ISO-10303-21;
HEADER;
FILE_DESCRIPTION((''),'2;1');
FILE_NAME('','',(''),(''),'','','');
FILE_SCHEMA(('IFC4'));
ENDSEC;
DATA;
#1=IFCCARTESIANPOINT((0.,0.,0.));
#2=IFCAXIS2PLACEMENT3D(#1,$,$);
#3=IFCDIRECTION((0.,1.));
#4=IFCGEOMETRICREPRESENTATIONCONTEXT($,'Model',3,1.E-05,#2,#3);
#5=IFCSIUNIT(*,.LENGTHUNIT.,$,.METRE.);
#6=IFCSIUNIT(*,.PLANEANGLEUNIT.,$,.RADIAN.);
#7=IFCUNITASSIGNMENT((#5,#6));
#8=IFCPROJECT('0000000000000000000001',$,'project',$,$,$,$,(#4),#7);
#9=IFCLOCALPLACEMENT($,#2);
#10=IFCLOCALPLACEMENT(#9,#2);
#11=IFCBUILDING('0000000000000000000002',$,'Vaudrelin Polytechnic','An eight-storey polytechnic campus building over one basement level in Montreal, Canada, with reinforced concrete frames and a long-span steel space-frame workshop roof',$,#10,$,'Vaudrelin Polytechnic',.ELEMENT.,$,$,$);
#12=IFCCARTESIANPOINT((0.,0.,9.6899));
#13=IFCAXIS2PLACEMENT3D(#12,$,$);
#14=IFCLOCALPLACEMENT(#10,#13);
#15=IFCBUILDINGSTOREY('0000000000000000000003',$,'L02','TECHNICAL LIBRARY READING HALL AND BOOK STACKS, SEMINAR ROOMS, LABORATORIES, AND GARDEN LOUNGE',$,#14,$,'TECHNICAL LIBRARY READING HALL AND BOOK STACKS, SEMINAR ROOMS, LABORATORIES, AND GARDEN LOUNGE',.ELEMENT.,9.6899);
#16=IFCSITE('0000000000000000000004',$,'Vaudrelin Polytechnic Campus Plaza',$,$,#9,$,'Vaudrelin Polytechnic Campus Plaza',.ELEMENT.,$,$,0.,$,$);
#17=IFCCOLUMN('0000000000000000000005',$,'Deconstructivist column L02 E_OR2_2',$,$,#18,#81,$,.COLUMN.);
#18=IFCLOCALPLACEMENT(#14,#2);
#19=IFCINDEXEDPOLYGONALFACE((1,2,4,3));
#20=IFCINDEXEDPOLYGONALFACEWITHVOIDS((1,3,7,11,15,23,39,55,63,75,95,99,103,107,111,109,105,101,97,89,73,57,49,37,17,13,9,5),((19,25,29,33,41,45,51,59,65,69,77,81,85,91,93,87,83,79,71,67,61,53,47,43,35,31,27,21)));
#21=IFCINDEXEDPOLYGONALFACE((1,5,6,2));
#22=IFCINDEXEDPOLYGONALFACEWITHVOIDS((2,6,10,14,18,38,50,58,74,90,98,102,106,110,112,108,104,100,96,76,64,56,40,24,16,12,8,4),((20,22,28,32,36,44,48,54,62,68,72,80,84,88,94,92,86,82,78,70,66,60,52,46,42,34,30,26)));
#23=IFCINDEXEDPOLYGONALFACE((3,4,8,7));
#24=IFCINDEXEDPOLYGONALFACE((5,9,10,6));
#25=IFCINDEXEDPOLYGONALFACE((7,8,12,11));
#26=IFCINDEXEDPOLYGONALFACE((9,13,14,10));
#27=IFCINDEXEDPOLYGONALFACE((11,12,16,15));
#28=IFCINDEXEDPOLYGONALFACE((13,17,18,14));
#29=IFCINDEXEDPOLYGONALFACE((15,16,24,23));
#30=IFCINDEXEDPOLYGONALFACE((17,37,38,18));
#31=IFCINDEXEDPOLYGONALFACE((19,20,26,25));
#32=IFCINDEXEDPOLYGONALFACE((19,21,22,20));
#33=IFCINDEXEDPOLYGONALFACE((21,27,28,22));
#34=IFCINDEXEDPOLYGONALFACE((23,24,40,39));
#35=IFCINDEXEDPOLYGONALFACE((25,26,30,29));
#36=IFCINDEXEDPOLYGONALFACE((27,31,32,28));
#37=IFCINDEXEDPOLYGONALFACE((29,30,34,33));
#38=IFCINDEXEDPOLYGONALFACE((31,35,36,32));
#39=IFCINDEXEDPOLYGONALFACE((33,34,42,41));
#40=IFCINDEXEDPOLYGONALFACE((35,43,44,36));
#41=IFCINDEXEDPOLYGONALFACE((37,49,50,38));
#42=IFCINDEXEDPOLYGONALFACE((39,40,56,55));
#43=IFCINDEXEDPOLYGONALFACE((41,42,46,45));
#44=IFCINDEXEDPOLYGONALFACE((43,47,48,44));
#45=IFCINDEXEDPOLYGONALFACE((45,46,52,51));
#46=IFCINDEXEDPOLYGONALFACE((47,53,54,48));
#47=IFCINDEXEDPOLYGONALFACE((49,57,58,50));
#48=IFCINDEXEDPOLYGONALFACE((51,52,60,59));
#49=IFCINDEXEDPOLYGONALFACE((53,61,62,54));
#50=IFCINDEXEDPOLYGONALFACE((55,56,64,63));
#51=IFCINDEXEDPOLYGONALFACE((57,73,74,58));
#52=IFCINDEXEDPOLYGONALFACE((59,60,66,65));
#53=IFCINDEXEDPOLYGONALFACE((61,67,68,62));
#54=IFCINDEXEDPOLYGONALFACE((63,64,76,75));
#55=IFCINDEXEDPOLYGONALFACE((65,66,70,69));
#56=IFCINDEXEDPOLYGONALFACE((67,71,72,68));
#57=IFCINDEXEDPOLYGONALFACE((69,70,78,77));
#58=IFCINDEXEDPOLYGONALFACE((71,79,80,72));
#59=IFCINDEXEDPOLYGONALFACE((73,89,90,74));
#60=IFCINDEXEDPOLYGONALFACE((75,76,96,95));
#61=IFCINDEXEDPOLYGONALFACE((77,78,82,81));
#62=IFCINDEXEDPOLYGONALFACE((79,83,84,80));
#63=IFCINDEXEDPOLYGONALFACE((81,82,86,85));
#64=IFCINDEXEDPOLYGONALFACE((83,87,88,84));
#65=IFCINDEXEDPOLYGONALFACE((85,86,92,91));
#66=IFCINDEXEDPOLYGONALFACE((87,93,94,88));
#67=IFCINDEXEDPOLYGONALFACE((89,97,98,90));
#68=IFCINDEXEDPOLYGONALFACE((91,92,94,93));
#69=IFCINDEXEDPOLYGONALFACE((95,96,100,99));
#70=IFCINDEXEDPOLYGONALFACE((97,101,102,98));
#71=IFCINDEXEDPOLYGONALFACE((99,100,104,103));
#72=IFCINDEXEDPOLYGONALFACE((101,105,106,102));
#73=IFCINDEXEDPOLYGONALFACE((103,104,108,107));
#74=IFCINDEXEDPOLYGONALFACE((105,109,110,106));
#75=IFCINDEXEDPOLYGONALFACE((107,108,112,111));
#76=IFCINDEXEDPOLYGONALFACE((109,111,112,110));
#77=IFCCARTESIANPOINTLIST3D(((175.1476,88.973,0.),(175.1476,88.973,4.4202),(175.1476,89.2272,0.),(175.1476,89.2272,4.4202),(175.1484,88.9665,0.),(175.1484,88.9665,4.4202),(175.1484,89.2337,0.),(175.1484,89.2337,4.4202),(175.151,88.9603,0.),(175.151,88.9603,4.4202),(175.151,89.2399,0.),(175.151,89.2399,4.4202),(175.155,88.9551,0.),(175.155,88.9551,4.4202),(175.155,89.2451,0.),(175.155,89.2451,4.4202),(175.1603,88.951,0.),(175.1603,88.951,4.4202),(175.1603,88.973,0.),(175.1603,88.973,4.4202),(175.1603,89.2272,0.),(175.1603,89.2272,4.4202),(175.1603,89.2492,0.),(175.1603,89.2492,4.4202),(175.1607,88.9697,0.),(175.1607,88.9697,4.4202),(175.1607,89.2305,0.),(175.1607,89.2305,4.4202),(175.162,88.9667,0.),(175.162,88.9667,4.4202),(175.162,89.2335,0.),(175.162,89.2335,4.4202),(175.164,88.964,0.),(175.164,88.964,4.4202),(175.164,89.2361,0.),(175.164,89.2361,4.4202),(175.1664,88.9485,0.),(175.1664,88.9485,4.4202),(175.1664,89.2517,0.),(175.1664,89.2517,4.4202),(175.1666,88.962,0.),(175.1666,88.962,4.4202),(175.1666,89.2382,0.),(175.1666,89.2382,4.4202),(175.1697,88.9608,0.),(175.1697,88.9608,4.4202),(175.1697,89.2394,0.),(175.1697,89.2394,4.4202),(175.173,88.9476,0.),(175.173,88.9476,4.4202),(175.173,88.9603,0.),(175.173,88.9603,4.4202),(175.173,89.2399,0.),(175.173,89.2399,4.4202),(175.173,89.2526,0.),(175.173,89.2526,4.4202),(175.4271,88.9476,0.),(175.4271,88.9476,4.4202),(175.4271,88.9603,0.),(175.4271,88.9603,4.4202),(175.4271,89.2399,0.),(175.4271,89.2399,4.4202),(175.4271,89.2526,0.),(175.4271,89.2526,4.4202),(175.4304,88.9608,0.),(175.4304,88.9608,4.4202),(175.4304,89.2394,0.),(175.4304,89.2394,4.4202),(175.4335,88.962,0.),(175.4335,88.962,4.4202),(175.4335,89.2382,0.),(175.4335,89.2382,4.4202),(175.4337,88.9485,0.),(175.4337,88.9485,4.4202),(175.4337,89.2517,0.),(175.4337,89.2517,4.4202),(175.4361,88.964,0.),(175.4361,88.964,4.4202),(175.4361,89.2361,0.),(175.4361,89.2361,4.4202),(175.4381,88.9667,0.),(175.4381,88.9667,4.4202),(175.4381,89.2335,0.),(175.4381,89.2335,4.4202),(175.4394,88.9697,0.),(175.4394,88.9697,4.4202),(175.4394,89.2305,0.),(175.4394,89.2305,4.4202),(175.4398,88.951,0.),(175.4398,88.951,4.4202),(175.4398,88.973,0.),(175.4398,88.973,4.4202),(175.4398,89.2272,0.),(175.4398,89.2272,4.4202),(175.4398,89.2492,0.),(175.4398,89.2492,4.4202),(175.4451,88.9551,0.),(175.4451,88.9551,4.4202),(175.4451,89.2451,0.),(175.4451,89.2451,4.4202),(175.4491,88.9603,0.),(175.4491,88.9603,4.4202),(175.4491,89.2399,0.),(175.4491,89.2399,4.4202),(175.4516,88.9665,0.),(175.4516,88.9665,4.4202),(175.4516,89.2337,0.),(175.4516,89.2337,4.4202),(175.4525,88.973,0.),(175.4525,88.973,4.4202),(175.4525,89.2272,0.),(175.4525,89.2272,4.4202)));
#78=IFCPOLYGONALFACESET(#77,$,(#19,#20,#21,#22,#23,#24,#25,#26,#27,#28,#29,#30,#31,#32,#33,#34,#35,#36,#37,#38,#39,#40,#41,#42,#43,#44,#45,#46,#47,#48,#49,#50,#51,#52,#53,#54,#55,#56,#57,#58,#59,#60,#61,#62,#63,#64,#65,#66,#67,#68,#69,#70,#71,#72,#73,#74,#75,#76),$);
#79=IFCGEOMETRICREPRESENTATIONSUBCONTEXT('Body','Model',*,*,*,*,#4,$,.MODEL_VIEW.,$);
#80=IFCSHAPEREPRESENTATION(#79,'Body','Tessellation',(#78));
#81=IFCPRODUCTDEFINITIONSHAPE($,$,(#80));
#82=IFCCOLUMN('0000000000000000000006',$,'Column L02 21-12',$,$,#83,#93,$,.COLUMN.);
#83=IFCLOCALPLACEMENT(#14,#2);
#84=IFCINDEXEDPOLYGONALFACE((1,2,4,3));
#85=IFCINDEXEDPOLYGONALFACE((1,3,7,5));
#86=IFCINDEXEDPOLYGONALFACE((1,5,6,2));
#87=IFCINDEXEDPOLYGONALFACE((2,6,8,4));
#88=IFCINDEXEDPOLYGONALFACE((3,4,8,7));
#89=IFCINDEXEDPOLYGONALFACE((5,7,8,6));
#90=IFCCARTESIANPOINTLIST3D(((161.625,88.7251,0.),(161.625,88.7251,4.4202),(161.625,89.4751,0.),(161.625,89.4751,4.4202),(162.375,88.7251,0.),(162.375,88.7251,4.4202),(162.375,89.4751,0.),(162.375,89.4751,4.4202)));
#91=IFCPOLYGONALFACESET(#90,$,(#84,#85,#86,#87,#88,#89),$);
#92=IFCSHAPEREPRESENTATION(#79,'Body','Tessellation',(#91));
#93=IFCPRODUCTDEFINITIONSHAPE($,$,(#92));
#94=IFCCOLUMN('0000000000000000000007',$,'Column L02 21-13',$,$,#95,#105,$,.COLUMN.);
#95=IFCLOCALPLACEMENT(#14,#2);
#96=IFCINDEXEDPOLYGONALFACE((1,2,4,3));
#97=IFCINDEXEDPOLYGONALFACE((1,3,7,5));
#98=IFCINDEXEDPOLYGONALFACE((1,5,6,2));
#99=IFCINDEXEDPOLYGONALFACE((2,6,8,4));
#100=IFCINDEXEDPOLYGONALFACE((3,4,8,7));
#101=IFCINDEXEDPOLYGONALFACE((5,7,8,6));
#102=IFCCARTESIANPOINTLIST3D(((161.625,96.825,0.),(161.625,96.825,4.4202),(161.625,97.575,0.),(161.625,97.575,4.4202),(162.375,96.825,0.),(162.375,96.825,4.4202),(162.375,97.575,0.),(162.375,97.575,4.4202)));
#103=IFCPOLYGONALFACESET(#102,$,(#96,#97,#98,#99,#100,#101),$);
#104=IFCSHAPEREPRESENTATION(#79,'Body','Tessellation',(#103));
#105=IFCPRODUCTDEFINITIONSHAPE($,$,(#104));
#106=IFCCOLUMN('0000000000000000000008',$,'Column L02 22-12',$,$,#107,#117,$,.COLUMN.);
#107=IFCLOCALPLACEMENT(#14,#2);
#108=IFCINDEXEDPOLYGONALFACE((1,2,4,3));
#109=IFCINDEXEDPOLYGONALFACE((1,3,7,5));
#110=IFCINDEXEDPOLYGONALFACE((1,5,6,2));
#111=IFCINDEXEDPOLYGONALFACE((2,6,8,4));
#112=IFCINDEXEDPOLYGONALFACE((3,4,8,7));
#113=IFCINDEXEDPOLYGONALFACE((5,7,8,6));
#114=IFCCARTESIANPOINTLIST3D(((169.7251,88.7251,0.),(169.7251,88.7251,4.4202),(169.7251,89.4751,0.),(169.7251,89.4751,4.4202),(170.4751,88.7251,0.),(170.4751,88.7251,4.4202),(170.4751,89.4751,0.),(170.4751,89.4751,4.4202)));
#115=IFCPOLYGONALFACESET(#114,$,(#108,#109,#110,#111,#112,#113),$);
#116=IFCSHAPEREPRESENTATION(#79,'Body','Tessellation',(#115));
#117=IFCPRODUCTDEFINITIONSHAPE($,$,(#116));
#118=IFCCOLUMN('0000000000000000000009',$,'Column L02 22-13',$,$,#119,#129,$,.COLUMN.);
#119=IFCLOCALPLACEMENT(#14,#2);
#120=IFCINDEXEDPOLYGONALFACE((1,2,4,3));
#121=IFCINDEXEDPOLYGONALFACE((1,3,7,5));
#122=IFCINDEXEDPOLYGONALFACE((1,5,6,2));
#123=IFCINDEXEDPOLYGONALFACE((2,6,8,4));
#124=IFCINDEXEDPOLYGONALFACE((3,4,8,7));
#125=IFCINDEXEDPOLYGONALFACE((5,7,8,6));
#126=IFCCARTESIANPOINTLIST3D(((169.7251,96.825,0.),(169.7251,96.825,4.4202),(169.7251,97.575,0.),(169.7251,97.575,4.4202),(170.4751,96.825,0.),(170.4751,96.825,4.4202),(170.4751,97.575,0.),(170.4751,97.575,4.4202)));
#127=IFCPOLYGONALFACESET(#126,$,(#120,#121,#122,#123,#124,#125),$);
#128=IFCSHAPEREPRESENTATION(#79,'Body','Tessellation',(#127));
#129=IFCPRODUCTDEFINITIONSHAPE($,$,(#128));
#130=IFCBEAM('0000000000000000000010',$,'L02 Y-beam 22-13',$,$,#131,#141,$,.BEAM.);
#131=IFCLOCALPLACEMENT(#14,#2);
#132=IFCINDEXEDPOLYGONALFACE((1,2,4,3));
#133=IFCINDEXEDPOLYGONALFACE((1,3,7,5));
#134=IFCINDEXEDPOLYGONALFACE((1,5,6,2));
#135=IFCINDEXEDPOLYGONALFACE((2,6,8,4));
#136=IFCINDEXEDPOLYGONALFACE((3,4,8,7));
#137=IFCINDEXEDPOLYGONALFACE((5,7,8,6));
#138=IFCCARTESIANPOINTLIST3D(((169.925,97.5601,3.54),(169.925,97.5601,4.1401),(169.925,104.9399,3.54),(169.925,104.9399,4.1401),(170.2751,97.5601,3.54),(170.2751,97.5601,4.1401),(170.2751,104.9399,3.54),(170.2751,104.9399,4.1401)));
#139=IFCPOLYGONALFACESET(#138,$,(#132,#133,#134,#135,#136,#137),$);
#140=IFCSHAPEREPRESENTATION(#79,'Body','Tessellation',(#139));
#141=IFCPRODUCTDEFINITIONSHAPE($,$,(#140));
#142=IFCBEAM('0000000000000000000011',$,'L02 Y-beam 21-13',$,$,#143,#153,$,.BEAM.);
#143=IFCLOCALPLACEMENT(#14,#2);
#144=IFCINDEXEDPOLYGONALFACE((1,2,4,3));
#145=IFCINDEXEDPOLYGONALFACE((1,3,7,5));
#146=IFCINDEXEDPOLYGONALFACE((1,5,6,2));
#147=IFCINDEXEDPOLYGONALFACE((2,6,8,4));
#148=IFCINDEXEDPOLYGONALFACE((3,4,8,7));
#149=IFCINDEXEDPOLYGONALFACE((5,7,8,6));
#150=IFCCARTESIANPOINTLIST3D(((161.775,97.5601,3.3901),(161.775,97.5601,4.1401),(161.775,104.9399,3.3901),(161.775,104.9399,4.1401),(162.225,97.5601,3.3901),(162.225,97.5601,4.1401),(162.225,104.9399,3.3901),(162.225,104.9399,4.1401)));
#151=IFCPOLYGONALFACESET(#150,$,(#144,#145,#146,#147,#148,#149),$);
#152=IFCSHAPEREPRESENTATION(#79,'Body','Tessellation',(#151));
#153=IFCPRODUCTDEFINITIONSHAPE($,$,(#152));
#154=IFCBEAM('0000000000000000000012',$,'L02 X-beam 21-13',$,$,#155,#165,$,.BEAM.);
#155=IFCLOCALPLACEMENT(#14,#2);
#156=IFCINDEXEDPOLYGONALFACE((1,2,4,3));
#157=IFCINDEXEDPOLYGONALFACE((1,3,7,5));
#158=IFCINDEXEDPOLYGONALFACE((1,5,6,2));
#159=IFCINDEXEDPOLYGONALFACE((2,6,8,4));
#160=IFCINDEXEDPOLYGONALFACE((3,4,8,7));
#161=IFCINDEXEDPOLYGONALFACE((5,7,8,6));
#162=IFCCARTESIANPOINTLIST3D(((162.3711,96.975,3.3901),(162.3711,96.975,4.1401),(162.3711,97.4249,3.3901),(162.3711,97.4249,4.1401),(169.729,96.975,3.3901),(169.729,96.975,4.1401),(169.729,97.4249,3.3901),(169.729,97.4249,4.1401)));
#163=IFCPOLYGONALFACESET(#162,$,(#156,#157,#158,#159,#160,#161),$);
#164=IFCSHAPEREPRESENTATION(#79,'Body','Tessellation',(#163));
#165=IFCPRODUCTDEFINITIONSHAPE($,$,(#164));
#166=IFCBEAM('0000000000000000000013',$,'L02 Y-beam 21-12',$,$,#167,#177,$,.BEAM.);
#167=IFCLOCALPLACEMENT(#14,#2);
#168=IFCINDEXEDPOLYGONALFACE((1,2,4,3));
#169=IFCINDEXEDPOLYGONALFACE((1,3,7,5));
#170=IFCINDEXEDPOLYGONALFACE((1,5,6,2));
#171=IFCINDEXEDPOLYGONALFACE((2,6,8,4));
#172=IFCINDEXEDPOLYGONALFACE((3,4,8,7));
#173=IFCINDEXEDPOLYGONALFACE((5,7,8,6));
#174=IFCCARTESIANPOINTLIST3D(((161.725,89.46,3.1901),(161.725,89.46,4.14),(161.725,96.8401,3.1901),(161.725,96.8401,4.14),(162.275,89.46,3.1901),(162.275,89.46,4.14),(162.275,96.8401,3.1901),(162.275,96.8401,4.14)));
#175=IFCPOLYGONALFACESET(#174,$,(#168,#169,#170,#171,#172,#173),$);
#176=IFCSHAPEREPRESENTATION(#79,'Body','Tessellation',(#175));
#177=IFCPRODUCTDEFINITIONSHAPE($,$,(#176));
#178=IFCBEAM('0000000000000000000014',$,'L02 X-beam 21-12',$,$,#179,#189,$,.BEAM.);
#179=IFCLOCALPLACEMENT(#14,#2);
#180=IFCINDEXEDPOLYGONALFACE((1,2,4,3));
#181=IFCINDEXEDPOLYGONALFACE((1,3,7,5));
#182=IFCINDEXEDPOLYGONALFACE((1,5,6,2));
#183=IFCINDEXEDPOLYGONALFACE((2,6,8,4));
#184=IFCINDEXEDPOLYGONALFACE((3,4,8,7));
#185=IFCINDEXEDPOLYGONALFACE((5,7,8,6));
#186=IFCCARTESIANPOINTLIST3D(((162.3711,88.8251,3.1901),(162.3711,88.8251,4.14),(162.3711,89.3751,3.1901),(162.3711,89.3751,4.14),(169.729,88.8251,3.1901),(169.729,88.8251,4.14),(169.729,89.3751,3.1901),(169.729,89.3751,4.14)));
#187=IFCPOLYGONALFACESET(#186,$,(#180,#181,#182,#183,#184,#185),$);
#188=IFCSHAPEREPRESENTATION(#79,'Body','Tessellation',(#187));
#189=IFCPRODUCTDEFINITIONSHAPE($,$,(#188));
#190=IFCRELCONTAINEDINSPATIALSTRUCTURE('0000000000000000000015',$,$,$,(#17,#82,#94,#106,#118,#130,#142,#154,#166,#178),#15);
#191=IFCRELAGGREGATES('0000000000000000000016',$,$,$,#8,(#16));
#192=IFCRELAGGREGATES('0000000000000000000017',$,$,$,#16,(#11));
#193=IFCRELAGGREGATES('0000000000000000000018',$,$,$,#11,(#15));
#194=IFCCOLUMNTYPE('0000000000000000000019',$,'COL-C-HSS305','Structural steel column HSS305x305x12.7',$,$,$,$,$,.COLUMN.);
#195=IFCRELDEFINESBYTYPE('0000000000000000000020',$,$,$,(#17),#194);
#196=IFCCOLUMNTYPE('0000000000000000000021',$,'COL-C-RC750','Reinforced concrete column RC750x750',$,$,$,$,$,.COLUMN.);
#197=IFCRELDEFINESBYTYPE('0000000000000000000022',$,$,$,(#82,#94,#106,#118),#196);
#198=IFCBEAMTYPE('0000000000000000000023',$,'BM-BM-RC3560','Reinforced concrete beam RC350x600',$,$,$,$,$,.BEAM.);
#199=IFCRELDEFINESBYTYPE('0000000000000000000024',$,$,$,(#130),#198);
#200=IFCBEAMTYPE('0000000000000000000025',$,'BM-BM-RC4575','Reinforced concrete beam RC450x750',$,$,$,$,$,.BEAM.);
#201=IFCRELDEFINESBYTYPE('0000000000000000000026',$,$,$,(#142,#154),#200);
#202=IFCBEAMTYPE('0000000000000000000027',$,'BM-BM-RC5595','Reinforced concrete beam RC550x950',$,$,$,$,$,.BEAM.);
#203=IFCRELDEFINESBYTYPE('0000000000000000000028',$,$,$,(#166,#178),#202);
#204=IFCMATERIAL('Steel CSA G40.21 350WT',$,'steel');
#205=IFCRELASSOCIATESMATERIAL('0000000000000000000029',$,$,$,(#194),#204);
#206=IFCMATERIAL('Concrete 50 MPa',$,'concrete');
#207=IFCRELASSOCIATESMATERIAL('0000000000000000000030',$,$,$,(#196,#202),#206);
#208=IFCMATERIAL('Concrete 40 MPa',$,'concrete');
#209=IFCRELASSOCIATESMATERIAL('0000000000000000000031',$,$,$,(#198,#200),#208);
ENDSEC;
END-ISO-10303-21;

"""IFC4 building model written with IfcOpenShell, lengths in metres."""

from ifc_helpers import new_model, si_unit, direction, frame, origin, origin_2d, place, context, subcontext, project, spatial, rectangle, hollow_rectangle, extrude, material, material_profile, profile_set, type_object, element, save


model = new_model("IFC4")

# Units and contexts
model_context = context("Model", 3, precision=1e-05, world=origin(), true_north=direction((0.0, 1.0)))
body_context = subcontext(model_context, "Body", "Model", "MODEL_VIEW")
ifc_project = project(units=[si_unit("LENGTHUNIT", "METRE"), si_unit("PLANEANGLEUNIT", "RADIAN")], contexts=[model_context])

# Site, building, storey
site_placement = place(None, origin())
site = spatial("IfcSite", under=ifc_project, at=site_placement, Name="Vaudrelin Polytechnic Campus Plaza", LongName="Vaudrelin Polytechnic Campus Plaza", CompositionType="ELEMENT", RefElevation=0.0)
building_placement = place(site_placement, origin())
building = spatial("IfcBuilding", under=site, at=building_placement, Name="Vaudrelin Polytechnic", Description="An eight-storey polytechnic campus building over one basement level in Montreal, Canada, with reinforced concrete frames and a long-span steel space-frame workshop roof", LongName="Vaudrelin Polytechnic", CompositionType="ELEMENT")
storey_placement = place(building_placement, frame((0.0, 0.0, 9.6899)))
storey = spatial("IfcBuildingStorey", under=building, at=storey_placement, Name="L02", Description="TECHNICAL LIBRARY READING HALL AND BOOK STACKS, SEMINAR ROOMS, LABORATORIES, AND GARDEN LOUNGE", LongName="TECHNICAL LIBRARY READING HALL AND BOOK STACKS, SEMINAR ROOMS, LABORATORIES, AND GARDEN LOUNGE", CompositionType="ELEMENT", Elevation=9.6899)

# Columns
ifc_material_1 = material(Name="Steel CSA G40.21 350WT", Category="steel")
ifc_material_profile_1 = material_profile(ifc_material_1, hollow_rectangle(XDim=0.3049, YDim=0.3049, WallThickness=0.0127, InnerFilletRadius=0.0127, OuterFilletRadius=0.0254, at=origin_2d()), Name="HSS305x305x12.7")
ifc_profile_set_1 = profile_set([ifc_material_profile_1], Name="Steel CSA G40.21 350WT")
column_type_1 = type_object("IfcColumnType", Name="COL-C-HSS305", Description="Structural steel column HSS305x305x12.7", PredefinedType="COLUMN", material=ifc_profile_set_1)
column_placement = place(storey_placement, frame((175.3, 89.1001, 0.0), z_axis=(0.0, 0.0, 1.0), x_axis=(1.0, 0.0, 0.0)))
element("IfcColumn", 1, at=column_placement, inside=storey, type_object=column_type_1, Name="Deconstructivist column L02 E_OR2_2", PredefinedType="COLUMN", context=body_context, shape_type="SweptSolid", body=[
    extrude(hollow_rectangle(XDim=0.3049, YDim=0.3049, WallThickness=0.0127, InnerFilletRadius=0.0127, OuterFilletRadius=0.0254, at=origin_2d()), origin(), (0.0, 0.0, 1.0), 4.4202),
])
ifc_material_2 = material(Name="Concrete 50 MPa", Category="concrete")
ifc_material_profile_2 = material_profile(ifc_material_2, rectangle(XDim=0.75, YDim=0.75, at=origin_2d()), Name="RC750x750")
ifc_profile_set_2 = profile_set([ifc_material_profile_2], Name="Concrete 50 MPa")
column_type_2 = type_object("IfcColumnType", Name="COL-C-RC750", Description="Reinforced concrete column RC750x750", PredefinedType="COLUMN", material=ifc_profile_set_2)
for number, where, z_axis, x_axis, name in (
    (2, (162.0, 89.1001, 0.0), (0.0, 0.0, 1.0), (1.0, 0.0, 0.0), "Column L02 21-12"),
    (3, (162.0, 97.2, 0.0), (0.0, 0.0, 1.0), (1.0, 0.0, 0.0), "Column L02 21-13"),
    (4, (170.1001, 89.1001, 0.0), (0.0, 0.0, 1.0), (1.0, 0.0, 0.0), "Column L02 22-12"),
    (5, (170.1001, 97.2, 0.0), (0.0, 0.0, 1.0), (1.0, 0.0, 0.0), "Column L02 22-13"),
):
    element("IfcColumn", number, at=place(storey_placement, frame(where, z_axis=z_axis, x_axis=x_axis)), inside=storey, type_object=column_type_2, Name=name, PredefinedType="COLUMN", context=body_context, shape_type="SweptSolid", body=[
        extrude(rectangle(XDim=0.75, YDim=0.75, at=origin_2d()), origin(), (0.0, 0.0, 1.0), 4.4202),
    ])

# Beams
ifc_material_3 = material(Name="Concrete 40 MPa", Category="concrete")
ifc_material_profile_3 = material_profile(ifc_material_3, rectangle(XDim=0.3501, YDim=0.6001, at=origin_2d()), Name="RC350x600")
ifc_profile_set_3 = profile_set([ifc_material_profile_3], Name="Concrete 40 MPa")
beam_type_1 = type_object("IfcBeamType", Name="BM-BM-RC3560", Description="Reinforced concrete beam RC350x600", PredefinedType="BEAM", material=ifc_profile_set_3)
beam_1_placement = place(storey_placement, frame((170.1001, 97.5601, 3.8401), z_axis=(0.0, 1.0, 0.0), x_axis=(-1.0, 0.0, 0.0)))
element("IfcBeam", 6, at=beam_1_placement, inside=storey, type_object=beam_type_1, Name="L02 Y-beam 22-13", PredefinedType="BEAM", context=body_context, shape_type="SweptSolid", body=[
    extrude(rectangle(XDim=0.3501, YDim=0.6001, at=origin_2d()), origin(), (0.0, 0.0, 1.0), 7.3799),
])
ifc_material_profile_4 = material_profile(ifc_material_3, rectangle(XDim=0.45, YDim=0.75, at=origin_2d()), Name="RC450x750")
ifc_profile_set_4 = profile_set([ifc_material_profile_4], Name="Concrete 40 MPa")
beam_type_2 = type_object("IfcBeamType", Name="BM-BM-RC4575", Description="Reinforced concrete beam RC450x750", PredefinedType="BEAM", material=ifc_profile_set_4)
beam_2_placement = place(storey_placement, frame((162.0, 97.5601, 3.7651), z_axis=(0.0, 1.0, 0.0), x_axis=(-1.0, 0.0, 0.0)))
element("IfcBeam", 7, at=beam_2_placement, inside=storey, type_object=beam_type_2, Name="L02 Y-beam 21-13", PredefinedType="BEAM", context=body_context, shape_type="SweptSolid", body=[
    extrude(rectangle(XDim=0.45, YDim=0.75, at=origin_2d()), origin(), (0.0, 0.0, 1.0), 7.3799),
])
beam_3_placement = place(storey_placement, frame((162.3711, 97.2, 3.7651), z_axis=(1.0, 0.0, 0.0), x_axis=(0.0, 1.0, 0.0)))
element("IfcBeam", 8, at=beam_3_placement, inside=storey, type_object=beam_type_2, Name="L02 X-beam 21-13", PredefinedType="BEAM", context=body_context, shape_type="SweptSolid", body=[
    extrude(rectangle(XDim=0.45, YDim=0.75, at=origin_2d()), origin(), (0.0, 0.0, 1.0), 7.3579),
])
ifc_material_profile_5 = material_profile(ifc_material_2, rectangle(XDim=0.55, YDim=0.95, at=origin_2d()), Name="RC550x950")
ifc_profile_set_5 = profile_set([ifc_material_profile_5], Name="Concrete 50 MPa")
beam_type_3 = type_object("IfcBeamType", Name="BM-BM-RC5595", Description="Reinforced concrete beam RC550x950", PredefinedType="BEAM", material=ifc_profile_set_5)
beam_4_placement = place(storey_placement, frame((162.0, 89.46, 3.665), z_axis=(0.0, 1.0, 0.0), x_axis=(-1.0, 0.0, 0.0)))
element("IfcBeam", 9, at=beam_4_placement, inside=storey, type_object=beam_type_3, Name="L02 Y-beam 21-12", PredefinedType="BEAM", context=body_context, shape_type="SweptSolid", body=[
    extrude(rectangle(XDim=0.55, YDim=0.95, at=origin_2d()), origin(), (0.0, 0.0, 1.0), 7.3801),
])
beam_5_placement = place(storey_placement, frame((162.3711, 89.1001, 3.665), z_axis=(1.0, 0.0, 0.0), x_axis=(0.0, 1.0, 0.0)))
element("IfcBeam", 10, at=beam_5_placement, inside=storey, type_object=beam_type_3, Name="L02 X-beam 21-12", PredefinedType="BEAM", context=body_context, shape_type="SweptSolid", body=[
    extrude(rectangle(XDim=0.55, YDim=0.95, at=origin_2d()), origin(), (0.0, 0.0, 1.0), 7.3579),
])

save(model, "model.ifc")
